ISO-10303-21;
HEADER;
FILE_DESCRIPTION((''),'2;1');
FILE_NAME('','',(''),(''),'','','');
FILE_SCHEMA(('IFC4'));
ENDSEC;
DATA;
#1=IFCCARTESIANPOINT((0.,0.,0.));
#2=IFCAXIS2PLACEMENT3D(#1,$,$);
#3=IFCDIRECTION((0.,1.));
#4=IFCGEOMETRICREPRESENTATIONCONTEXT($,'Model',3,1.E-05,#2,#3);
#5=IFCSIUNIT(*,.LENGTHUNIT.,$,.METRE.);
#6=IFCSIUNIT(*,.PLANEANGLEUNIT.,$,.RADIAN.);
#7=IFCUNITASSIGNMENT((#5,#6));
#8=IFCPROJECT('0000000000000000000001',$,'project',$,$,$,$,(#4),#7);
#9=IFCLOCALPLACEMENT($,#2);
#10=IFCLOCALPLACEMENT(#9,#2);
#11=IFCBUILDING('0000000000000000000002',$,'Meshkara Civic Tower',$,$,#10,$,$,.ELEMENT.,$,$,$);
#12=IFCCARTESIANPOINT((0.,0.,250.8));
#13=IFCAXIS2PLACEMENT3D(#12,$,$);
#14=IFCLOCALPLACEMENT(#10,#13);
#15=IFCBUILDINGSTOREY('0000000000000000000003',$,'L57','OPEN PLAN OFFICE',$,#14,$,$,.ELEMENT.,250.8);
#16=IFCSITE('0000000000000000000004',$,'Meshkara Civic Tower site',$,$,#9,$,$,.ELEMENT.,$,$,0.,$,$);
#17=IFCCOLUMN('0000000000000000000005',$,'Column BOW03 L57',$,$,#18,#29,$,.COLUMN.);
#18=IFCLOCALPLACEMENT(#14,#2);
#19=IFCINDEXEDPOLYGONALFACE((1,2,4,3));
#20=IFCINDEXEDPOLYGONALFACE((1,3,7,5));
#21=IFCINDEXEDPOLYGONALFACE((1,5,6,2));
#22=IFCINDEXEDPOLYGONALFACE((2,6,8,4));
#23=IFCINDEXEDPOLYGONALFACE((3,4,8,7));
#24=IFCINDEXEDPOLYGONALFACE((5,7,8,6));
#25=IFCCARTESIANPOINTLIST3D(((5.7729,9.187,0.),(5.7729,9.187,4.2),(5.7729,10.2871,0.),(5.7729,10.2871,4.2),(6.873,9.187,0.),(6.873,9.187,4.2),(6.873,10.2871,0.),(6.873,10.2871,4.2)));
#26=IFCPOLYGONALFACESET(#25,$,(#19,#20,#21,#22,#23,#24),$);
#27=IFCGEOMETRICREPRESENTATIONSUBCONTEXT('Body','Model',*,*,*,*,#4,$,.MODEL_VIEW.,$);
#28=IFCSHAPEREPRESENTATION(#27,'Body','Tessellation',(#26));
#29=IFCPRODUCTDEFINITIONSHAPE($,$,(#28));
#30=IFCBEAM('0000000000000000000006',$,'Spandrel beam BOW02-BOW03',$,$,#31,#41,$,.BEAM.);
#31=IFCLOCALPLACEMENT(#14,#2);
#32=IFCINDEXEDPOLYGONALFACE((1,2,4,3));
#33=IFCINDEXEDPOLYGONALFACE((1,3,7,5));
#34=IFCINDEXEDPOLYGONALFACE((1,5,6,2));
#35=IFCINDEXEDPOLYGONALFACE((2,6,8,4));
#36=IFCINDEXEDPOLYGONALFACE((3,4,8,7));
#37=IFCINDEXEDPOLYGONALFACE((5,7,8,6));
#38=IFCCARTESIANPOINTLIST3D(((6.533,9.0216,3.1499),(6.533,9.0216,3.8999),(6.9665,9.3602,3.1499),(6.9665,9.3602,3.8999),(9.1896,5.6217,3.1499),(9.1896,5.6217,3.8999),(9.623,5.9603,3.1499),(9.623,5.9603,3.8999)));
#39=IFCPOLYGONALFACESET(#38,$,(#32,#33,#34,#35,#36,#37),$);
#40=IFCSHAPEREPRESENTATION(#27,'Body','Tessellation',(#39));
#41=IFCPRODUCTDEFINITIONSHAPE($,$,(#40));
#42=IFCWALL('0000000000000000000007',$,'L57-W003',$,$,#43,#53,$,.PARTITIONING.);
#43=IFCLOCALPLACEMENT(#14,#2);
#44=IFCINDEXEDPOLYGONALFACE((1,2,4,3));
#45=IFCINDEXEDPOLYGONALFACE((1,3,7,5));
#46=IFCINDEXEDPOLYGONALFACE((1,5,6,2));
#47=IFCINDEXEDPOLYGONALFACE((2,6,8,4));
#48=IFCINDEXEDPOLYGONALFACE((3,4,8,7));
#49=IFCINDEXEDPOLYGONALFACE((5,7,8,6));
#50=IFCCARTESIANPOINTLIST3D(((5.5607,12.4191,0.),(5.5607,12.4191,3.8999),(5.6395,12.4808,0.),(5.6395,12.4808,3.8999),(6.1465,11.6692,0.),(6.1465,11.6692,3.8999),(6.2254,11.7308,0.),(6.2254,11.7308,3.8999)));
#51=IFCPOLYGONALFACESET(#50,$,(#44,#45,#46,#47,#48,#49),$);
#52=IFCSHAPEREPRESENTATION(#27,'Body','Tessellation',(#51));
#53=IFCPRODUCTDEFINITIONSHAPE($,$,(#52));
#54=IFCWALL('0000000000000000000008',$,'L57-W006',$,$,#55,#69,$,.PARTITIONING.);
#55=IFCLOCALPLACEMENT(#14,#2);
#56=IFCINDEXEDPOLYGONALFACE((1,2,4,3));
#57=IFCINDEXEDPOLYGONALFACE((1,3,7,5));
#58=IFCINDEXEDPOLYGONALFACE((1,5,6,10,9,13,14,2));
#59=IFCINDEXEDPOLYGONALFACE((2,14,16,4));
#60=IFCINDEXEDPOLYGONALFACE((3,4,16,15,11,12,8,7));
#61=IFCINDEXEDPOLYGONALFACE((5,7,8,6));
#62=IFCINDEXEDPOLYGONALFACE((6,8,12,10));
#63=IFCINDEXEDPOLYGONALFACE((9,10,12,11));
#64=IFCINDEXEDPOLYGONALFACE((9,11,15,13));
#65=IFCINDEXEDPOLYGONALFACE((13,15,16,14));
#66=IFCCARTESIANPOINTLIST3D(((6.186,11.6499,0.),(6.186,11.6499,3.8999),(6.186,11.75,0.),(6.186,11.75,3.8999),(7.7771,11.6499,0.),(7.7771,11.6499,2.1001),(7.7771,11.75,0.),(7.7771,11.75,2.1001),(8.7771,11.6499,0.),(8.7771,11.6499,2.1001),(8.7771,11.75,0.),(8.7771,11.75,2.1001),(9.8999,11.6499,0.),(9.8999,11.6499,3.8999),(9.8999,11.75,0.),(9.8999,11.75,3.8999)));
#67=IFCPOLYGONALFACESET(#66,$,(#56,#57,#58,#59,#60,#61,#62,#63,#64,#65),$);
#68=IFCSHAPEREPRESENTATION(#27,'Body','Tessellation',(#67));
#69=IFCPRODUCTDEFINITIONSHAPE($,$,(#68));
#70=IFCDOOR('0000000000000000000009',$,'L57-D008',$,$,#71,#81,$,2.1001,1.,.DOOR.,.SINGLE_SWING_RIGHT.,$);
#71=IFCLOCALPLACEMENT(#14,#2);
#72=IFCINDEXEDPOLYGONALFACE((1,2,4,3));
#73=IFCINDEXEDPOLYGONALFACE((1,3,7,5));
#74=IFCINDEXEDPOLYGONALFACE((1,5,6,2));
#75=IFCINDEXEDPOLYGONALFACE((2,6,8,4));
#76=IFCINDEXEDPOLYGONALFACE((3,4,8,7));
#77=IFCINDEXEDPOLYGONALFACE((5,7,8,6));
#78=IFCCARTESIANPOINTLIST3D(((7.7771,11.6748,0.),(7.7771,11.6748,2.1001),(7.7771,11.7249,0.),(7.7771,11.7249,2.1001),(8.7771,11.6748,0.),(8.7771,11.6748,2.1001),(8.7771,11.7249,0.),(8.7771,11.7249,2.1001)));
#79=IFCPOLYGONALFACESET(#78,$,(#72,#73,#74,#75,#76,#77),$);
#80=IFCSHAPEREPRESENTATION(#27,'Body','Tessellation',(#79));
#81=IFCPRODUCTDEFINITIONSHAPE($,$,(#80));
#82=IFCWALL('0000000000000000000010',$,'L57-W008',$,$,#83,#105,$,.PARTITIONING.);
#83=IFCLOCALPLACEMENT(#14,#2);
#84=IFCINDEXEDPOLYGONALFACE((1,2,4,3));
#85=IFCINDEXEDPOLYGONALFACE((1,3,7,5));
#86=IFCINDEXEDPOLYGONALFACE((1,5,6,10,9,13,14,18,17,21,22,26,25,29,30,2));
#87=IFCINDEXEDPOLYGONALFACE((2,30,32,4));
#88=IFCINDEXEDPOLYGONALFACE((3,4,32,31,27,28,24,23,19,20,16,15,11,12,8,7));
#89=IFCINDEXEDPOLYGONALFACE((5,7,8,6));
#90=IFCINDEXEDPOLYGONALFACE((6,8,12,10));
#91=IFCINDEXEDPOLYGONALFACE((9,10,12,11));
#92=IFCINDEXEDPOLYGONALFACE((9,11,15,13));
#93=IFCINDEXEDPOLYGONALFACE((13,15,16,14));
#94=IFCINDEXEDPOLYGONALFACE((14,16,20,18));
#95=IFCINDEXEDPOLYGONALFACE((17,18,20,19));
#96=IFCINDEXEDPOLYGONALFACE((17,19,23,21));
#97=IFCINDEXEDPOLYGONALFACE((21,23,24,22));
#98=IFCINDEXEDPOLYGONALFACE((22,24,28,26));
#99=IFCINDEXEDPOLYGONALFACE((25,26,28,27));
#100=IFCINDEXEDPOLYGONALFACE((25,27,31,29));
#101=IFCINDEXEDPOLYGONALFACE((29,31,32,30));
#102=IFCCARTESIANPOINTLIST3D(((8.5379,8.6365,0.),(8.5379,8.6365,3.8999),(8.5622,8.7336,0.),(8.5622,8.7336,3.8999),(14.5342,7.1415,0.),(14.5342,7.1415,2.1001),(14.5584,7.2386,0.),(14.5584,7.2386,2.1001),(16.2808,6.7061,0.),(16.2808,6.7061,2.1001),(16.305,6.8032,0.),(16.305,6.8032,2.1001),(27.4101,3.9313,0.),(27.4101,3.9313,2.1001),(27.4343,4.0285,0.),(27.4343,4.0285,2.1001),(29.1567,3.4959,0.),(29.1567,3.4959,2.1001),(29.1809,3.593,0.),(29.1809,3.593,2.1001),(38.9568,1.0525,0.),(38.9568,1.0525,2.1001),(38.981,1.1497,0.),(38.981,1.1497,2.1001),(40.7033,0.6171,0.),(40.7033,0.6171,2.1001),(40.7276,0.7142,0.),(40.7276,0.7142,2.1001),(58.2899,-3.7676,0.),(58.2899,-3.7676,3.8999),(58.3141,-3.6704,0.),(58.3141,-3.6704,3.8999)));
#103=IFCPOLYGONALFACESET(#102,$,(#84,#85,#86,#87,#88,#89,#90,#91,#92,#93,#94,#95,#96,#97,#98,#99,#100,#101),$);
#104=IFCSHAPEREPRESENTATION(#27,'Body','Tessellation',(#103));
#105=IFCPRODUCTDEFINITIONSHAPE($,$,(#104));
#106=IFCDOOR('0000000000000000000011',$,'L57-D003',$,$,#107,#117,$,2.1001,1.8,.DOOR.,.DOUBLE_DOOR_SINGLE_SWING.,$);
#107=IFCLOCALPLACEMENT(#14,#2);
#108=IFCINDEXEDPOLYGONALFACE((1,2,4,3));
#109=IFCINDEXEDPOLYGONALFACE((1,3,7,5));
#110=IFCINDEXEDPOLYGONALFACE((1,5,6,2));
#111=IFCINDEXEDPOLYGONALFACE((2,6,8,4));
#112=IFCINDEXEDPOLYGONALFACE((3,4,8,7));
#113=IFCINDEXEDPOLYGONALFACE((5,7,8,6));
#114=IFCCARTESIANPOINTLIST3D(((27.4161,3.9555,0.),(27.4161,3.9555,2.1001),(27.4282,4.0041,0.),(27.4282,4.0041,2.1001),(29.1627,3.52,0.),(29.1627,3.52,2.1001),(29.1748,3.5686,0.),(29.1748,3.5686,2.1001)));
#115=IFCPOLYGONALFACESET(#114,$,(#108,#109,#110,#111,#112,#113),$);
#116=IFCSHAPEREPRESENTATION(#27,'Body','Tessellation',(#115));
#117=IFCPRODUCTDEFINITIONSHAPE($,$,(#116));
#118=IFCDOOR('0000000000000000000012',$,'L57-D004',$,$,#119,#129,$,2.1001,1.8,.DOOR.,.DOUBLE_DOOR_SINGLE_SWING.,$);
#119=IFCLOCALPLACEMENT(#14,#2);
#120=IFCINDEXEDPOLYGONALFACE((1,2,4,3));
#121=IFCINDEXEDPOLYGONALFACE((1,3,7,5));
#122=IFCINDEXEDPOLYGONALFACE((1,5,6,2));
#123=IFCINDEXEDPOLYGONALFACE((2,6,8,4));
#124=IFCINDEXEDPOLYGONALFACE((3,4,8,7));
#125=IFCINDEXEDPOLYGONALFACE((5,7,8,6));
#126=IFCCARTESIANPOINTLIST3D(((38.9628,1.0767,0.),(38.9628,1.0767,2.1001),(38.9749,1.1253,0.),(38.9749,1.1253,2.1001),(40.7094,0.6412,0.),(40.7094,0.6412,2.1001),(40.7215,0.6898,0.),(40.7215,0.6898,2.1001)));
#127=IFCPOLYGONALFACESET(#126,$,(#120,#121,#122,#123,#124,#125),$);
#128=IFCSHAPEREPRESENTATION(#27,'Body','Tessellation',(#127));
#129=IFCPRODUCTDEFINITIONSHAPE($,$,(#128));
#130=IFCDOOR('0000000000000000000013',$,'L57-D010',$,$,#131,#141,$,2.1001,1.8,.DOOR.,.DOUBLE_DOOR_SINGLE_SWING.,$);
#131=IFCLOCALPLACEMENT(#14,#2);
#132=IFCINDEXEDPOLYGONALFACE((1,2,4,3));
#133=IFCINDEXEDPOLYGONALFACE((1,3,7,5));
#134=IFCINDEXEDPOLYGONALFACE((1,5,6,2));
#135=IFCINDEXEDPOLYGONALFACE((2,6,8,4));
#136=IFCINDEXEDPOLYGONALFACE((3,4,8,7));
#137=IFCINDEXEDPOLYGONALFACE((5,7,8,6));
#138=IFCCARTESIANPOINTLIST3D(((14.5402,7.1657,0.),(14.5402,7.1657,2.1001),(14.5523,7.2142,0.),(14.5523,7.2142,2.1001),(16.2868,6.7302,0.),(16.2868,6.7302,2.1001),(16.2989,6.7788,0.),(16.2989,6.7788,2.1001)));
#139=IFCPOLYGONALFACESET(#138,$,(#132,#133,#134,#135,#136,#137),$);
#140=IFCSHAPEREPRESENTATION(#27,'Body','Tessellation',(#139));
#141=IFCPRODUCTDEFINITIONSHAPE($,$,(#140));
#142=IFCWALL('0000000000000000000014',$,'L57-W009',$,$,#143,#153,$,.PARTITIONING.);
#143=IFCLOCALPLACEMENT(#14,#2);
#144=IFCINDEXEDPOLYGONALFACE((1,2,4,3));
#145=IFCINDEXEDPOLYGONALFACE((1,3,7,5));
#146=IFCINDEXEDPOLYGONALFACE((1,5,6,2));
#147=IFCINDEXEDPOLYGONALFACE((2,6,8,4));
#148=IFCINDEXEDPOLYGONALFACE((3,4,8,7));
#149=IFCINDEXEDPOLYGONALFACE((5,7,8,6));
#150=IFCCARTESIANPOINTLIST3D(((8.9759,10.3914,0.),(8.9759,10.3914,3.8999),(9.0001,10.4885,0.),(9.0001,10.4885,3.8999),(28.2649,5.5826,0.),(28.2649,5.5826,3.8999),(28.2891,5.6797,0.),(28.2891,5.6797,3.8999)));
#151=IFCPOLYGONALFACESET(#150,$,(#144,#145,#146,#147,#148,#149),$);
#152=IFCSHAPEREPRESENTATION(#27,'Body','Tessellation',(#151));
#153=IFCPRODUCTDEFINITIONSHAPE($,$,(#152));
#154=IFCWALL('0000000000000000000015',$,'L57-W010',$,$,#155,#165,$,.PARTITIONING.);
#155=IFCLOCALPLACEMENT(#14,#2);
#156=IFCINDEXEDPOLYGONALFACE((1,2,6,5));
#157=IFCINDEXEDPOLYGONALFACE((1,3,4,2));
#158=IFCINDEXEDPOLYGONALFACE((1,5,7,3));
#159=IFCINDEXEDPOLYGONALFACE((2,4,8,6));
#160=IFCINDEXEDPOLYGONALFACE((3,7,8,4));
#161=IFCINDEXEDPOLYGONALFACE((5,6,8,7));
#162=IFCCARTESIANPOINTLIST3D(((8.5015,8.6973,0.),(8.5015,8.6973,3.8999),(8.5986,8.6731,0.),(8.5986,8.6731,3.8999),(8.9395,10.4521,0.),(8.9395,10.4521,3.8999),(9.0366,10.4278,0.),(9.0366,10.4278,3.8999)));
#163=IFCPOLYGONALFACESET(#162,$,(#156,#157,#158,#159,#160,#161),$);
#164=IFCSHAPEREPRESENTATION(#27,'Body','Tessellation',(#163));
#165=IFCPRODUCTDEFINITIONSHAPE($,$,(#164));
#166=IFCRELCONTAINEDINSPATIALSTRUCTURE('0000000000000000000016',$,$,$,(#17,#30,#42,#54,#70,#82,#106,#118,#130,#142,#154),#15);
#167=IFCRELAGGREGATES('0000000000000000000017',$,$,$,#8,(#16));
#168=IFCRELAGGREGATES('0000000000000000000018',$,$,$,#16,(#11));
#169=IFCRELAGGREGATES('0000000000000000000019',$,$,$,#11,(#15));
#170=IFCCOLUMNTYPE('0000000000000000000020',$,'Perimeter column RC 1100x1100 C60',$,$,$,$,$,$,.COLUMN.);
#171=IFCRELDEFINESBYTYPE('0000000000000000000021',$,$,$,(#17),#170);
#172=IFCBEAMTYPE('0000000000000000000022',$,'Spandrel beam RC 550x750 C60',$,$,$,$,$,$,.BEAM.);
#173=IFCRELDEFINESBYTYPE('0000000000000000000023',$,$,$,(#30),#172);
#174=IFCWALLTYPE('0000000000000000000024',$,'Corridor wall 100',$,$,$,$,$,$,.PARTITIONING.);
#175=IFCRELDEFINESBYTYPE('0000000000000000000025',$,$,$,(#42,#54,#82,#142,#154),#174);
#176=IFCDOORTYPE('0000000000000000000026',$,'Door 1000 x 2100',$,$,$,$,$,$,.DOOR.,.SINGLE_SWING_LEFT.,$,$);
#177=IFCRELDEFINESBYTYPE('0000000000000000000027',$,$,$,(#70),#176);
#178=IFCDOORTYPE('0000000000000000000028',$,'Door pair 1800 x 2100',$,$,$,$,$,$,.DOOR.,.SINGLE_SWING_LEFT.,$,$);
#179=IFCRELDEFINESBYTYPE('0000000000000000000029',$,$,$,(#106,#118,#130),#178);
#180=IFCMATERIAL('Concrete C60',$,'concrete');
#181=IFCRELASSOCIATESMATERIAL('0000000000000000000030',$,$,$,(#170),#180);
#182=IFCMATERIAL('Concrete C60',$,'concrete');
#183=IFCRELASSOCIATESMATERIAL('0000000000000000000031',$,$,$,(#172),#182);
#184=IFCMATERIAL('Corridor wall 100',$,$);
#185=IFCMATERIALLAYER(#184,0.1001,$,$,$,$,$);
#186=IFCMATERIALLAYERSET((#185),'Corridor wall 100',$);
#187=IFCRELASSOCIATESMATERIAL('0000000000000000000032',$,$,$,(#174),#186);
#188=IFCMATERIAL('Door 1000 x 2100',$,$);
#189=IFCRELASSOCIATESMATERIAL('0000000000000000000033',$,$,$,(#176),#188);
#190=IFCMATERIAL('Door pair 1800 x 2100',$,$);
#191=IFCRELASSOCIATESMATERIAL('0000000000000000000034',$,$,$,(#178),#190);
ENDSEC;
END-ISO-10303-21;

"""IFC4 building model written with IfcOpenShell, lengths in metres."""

from ifc_helpers import new_model, si_unit, direction, frame, frame_2d, origin, origin_2d, place, context, subcontext, project, spatial, rectangle, extrude, material, layer, layer_set, material_profile, profile_set, type_object, element, fill, save


model = new_model("IFC4")

# Units and contexts
model_context = context("Model", 3, precision=1e-05, world=origin(), true_north=direction((0.0, 1.0)))
body_context = subcontext(model_context, "Body", "Model", "MODEL_VIEW")
ifc_project = project(units=[si_unit("LENGTHUNIT", "METRE"), si_unit("PLANEANGLEUNIT", "RADIAN")], contexts=[model_context])

# Site, building, storey
site_placement = place(None, origin())
site = spatial("IfcSite", under=ifc_project, at=site_placement, Name="Meshkara Civic Tower site", CompositionType="ELEMENT", RefElevation=0.0)
building_placement = place(site_placement, origin())
building = spatial("IfcBuilding", under=site, at=building_placement, Name="Meshkara Civic Tower", CompositionType="ELEMENT")
storey_placement = place(building_placement, frame((0.0, 0.0, 250.8)))
storey = spatial("IfcBuildingStorey", under=building, at=storey_placement, Name="L57", Description="OPEN PLAN OFFICE", CompositionType="ELEMENT", Elevation=250.8)

# Column
ifc_material_1 = material(Name="Concrete C60", Category="concrete")
ifc_material_profile_1 = material_profile(ifc_material_1, rectangle(XDim=1.1001, YDim=1.1001, at=origin_2d()))
ifc_profile_set_1 = profile_set([ifc_material_profile_1], Name="Concrete C60")
column_type = type_object("IfcColumnType", Name="Perimeter column RC 1100x1100 C60", PredefinedType="COLUMN", material=ifc_profile_set_1)
column_placement = place(storey_placement, frame((6.323, 9.7371, 0.0), z_axis=(0.0, 0.0, 1.0), x_axis=(1.0, 0.0, 0.0)))
element("IfcColumn", 1, at=column_placement, inside=storey, type_object=column_type, Name="Column BOW03 L57", PredefinedType="COLUMN", context=body_context, shape_type="SweptSolid", body=[
    extrude(rectangle(XDim=1.1001, YDim=1.1001, at=origin_2d()), origin(), (0.0, 0.0, 1.0), 4.2),
])

# Beam
ifc_material_2 = material(Name="Concrete C60", Category="concrete")
ifc_material_profile_2 = material_profile(ifc_material_2, rectangle(XDim=0.55, YDim=0.75, at=origin_2d()))
ifc_profile_set_2 = profile_set([ifc_material_profile_2], Name="Concrete C60")
beam_type = type_object("IfcBeamType", Name="Spandrel beam RC 550x750 C60", PredefinedType="BEAM", material=ifc_profile_set_2)
beam_placement = place(storey_placement, frame((6.7498, 9.1909, 3.5249), z_axis=(0.61569, -0.787988, 0.0), x_axis=(0.787988, 0.61569, 0.0)))
element("IfcBeam", 2, at=beam_placement, inside=storey, type_object=beam_type, Name="Spandrel beam BOW02-BOW03", PredefinedType="BEAM", context=body_context, shape_type="SweptSolid", body=[
    extrude(rectangle(XDim=0.55, YDim=0.75, at=origin_2d()), origin(), (0.0, 0.0, 1.0), 4.3147),
])

# Wall
ifc_material_3 = material(Name="Corridor wall 100")
ifc_layer_1 = layer(ifc_material_3, 0.1001)
ifc_layer_set_1 = layer_set([ifc_layer_1], Name="Corridor wall 100")
wall_type_1 = type_object("IfcWallType", Name="Corridor wall 100", PredefinedType="PARTITIONING", material=ifc_layer_set_1)
wall_1_placement = place(storey_placement, frame((5.6001, 12.45, 0.0), z_axis=(0.0, 0.0, 1.0), x_axis=(0.615644, -0.788024, 0.0)))
element("IfcWall", 3, at=wall_1_placement, inside=storey, type_object=wall_type_1, Name="L57-W003", PredefinedType="PARTITIONING", context=body_context, shape_type="SweptSolid", body=[
    extrude(rectangle(XDim=0.9517, YDim=0.1001, at=frame_2d((0.4758, 0.0))), origin(), (0.0, 0.0, 1.0), 3.8999),
])

# Wall, opening, door
wall_2_placement = place(storey_placement, frame((6.186, 11.7, 0.0), z_axis=(0.0, 0.0, 1.0), x_axis=(1.0, 0.0, 0.0)))
wall_2 = element("IfcWall", 4, at=wall_2_placement, inside=storey, type_object=wall_type_1, Name="L57-W006", PredefinedType="PARTITIONING", context=body_context, shape_type="SweptSolid", body=[
    extrude(rectangle(XDim=3.7139, YDim=0.1001, at=frame_2d((1.8569, 0.0))), origin(), (0.0, 0.0, 1.0), 3.8999),
])
opening_1_placement = place(wall_2_placement, frame((1.5911, 0.0, 0.0)))
opening_1 = element("IfcOpeningElement", 5, at=opening_1_placement, cuts=wall_2, PredefinedType="OPENING", context=body_context, shape_type="SweptSolid", body=[
    extrude(rectangle(XDim=1.0, YDim=2.1001, at=frame_2d((0.5, 1.05))), frame((0.0, 0.0601, 0.0), z_axis=(0.0, -1.0, 0.0), x_axis=(1.0, 0.0, 0.0)), (0.0, 0.0, 1.0), 0.1201),
])
ifc_material_4 = material(Name="Door 1000 x 2100")
door_type_1 = type_object("IfcDoorType", Name="Door 1000 x 2100", OperationType="SINGLE_SWING_LEFT", PredefinedType="DOOR", material=ifc_material_4)
door_1_placement = place(opening_1_placement, origin())
door_1 = element("IfcDoor", 6, at=door_1_placement, inside=storey, type_object=door_type_1, Name="L57-D008", OperationType="SINGLE_SWING_RIGHT", OverallHeight=2.1001, OverallWidth=1.0, PredefinedType="DOOR", context=body_context, shape_type="SweptSolid", body=[
    extrude(rectangle(XDim=1.0, YDim=2.1001, at=frame_2d((0.5, 1.05))), frame((0.0, 0.0249, 0.0), z_axis=(0.0, -1.0, 0.0), x_axis=(1.0, 0.0, 0.0)), (0.0, 0.0, 1.0), 0.05),
])
fill(opening_1, door_1)

# Wall, openings, doors
wall_3_placement = place(storey_placement, frame((8.55, 8.6851, 0.0), z_axis=(0.0, 0.0, 1.0), x_axis=(0.970298, -0.241913, 0.0)))
wall_3 = element("IfcWall", 7, at=wall_3_placement, inside=storey, type_object=wall_type_1, Name="L57-W008", PredefinedType="PARTITIONING", context=body_context, shape_type="SweptSolid", body=[
    extrude(rectangle(XDim=51.2749, YDim=0.1001, at=frame_2d((25.6375, 0.0))), origin(), (0.0, 0.0, 1.0), 3.8999),
])
opening_2_placement = place(wall_3_placement, frame((19.45, 0.0, 0.0)))
opening_2 = element("IfcOpeningElement", 8, at=opening_2_placement, cuts=wall_3, PredefinedType="OPENING", context=body_context, shape_type="SweptSolid", body=[
    extrude(rectangle(XDim=1.8, YDim=2.1001, at=frame_2d((0.8999, 1.05))), frame((0.0, 0.0601, 0.0), z_axis=(0.0, -1.0, 0.0), x_axis=(1.0, 0.0, 0.0)), (0.0, 0.0, 1.0), 0.1201),
])
opening_3_placement = place(wall_3_placement, frame((31.3501, 0.0, 0.0)))
opening_3 = element("IfcOpeningElement", 9, at=opening_3_placement, cuts=wall_3, PredefinedType="OPENING", context=body_context, shape_type="SweptSolid", body=[
    extrude(rectangle(XDim=1.8, YDim=2.1001, at=frame_2d((0.8999, 1.05))), frame((0.0, 0.0601, 0.0), z_axis=(0.0, -1.0, 0.0), x_axis=(1.0, 0.0, 0.0)), (0.0, 0.0, 1.0), 0.1201),
])
opening_4_placement = place(wall_3_placement, frame((6.1799, 0.0, 0.0)))
opening_4 = element("IfcOpeningElement", 10, at=opening_4_placement, cuts=wall_3, PredefinedType="OPENING", context=body_context, shape_type="SweptSolid", body=[
    extrude(rectangle(XDim=1.8, YDim=2.1001, at=frame_2d((0.8999, 1.05))), frame((0.0, 0.0601, 0.0), z_axis=(0.0, -1.0, 0.0), x_axis=(1.0, 0.0, 0.0)), (0.0, 0.0, 1.0), 0.1201),
])
ifc_material_5 = material(Name="Door pair 1800 x 2100")
door_type_2 = type_object("IfcDoorType", Name="Door pair 1800 x 2100", OperationType="SINGLE_SWING_LEFT", PredefinedType="DOOR", material=ifc_material_5)
door_2_placement = place(opening_2_placement, origin())
door_2 = element("IfcDoor", 11, at=door_2_placement, inside=storey, type_object=door_type_2, Name="L57-D003", OperationType="DOUBLE_DOOR_SINGLE_SWING", OverallHeight=2.1001, OverallWidth=1.8, PredefinedType="DOOR", context=body_context, shape_type="SweptSolid", body=[
    extrude(rectangle(XDim=1.8, YDim=2.1001, at=frame_2d((0.8999, 1.05))), frame((0.0, 0.0249, 0.0), z_axis=(0.0, -1.0, 0.0), x_axis=(1.0, 0.0, 0.0)), (0.0, 0.0, 1.0), 0.05),
])
fill(opening_2, door_2)
door_3_placement = place(opening_3_placement, origin())
door_3 = element("IfcDoor", 12, at=door_3_placement, inside=storey, type_object=door_type_2, Name="L57-D004", OperationType="DOUBLE_DOOR_SINGLE_SWING", OverallHeight=2.1001, OverallWidth=1.8, PredefinedType="DOOR", context=body_context, shape_type="SweptSolid", body=[
    extrude(rectangle(XDim=1.8, YDim=2.1001, at=frame_2d((0.8999, 1.05))), frame((0.0, 0.0249, 0.0), z_axis=(0.0, -1.0, 0.0), x_axis=(1.0, 0.0, 0.0)), (0.0, 0.0, 1.0), 0.05),
])
fill(opening_3, door_3)
door_4_placement = place(opening_4_placement, origin())
door_4 = element("IfcDoor", 13, at=door_4_placement, inside=storey, type_object=door_type_2, Name="L57-D010", OperationType="DOUBLE_DOOR_SINGLE_SWING", OverallHeight=2.1001, OverallWidth=1.8, PredefinedType="DOOR", context=body_context, shape_type="SweptSolid", body=[
    extrude(rectangle(XDim=1.8, YDim=2.1001, at=frame_2d((0.8999, 1.05))), frame((0.0, 0.0249, 0.0), z_axis=(0.0, -1.0, 0.0), x_axis=(1.0, 0.0, 0.0)), (0.0, 0.0, 1.0), 0.05),
])
fill(opening_4, door_4)

# Walls
wall_4_placement = place(storey_placement, frame((8.988, 10.4399, 0.0), z_axis=(0.0, 0.0, 1.0), x_axis=(0.970301, -0.2419, 0.0)))
element("IfcWall", 14, at=wall_4_placement, inside=storey, type_object=wall_type_1, Name="L57-W009", PredefinedType="PARTITIONING", context=body_context, shape_type="SweptSolid", body=[
    extrude(rectangle(XDim=19.8794, YDim=0.1001, at=frame_2d((9.9397, 0.0))), origin(), (0.0, 0.0, 1.0), 3.8999),
])
wall_5_placement = place(storey_placement, frame((8.988, 10.4399, 0.0), z_axis=(0.0, 0.0, 1.0), x_axis=(-0.242154, -0.970238, 0.0)))
element("IfcWall", 15, at=wall_5_placement, inside=storey, type_object=wall_type_1, Name="L57-W010", PredefinedType="PARTITIONING", context=body_context, shape_type="SweptSolid", body=[
    extrude(rectangle(XDim=1.8086, YDim=0.1001, at=frame_2d((0.9043, 0.0))), origin(), (0.0, 0.0, 1.0), 3.8999),
])

save(model, "model.ifc")
